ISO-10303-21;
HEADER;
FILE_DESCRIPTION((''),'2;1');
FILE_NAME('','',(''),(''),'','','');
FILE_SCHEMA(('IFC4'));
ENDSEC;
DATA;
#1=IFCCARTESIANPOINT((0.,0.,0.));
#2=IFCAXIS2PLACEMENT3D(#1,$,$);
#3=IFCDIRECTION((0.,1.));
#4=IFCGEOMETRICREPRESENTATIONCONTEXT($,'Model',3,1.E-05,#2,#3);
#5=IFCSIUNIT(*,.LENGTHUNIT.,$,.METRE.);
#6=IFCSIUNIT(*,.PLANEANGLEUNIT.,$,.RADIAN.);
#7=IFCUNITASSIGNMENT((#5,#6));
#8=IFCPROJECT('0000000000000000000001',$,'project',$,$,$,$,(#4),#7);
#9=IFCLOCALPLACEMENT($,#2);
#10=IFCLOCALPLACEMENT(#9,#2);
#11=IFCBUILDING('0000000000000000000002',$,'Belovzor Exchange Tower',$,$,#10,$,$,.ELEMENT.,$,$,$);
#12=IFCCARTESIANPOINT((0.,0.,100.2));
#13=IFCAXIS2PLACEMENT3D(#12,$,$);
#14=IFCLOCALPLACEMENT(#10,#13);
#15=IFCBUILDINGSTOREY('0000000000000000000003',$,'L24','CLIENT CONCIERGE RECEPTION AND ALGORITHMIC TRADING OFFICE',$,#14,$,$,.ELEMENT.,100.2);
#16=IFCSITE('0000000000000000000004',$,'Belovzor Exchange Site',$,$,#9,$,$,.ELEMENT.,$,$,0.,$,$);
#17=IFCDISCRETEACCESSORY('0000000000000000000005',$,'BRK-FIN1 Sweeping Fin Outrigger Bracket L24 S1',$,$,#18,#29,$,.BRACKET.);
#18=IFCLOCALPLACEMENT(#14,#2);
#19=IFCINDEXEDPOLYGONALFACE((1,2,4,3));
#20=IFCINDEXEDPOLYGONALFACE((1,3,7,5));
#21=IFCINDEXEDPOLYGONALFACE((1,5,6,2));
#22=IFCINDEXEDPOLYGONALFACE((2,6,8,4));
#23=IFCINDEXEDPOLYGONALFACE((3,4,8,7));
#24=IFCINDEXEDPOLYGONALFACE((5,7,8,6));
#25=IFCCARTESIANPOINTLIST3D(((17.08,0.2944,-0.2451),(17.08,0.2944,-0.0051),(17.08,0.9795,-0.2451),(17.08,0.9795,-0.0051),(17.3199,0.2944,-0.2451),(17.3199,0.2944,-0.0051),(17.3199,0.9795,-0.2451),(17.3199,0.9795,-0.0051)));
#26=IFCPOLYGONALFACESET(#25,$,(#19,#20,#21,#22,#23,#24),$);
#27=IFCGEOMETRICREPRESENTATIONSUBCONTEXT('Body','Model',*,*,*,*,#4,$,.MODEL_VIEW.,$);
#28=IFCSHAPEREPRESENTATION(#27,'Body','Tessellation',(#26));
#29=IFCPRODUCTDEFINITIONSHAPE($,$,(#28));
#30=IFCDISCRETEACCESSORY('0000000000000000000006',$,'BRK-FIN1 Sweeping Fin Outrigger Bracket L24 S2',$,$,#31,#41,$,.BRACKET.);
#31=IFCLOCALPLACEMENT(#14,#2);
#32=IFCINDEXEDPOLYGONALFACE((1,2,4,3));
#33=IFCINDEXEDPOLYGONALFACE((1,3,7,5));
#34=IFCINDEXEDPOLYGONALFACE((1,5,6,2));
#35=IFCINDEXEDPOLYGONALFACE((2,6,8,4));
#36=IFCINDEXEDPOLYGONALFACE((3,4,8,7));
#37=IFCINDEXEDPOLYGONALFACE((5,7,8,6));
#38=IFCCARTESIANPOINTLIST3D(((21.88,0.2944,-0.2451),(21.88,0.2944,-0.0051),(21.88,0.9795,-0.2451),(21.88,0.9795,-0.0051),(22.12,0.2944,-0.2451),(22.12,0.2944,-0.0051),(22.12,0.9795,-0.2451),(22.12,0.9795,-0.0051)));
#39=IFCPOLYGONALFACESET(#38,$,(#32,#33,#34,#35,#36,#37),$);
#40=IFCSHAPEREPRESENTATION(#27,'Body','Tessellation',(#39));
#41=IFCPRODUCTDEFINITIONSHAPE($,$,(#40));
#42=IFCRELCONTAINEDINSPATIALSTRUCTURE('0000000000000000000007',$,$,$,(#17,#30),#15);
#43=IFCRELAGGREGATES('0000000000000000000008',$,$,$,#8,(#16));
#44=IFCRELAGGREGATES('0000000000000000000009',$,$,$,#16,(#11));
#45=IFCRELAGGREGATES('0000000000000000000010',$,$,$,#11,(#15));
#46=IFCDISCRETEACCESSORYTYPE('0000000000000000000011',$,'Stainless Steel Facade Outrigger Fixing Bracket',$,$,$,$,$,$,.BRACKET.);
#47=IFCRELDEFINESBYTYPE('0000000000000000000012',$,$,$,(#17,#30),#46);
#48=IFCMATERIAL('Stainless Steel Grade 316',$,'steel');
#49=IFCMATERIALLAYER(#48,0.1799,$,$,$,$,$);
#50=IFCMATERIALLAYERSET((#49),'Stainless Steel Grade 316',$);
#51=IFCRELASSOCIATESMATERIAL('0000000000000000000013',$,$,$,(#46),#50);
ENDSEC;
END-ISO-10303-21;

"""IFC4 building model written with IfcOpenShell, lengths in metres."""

from ifc_helpers import new_model, si_unit, direction, frame, origin, origin_2d, place, context, subcontext, project, spatial, rectangle, extrude, material, layer, layer_set, type_object, element, save


model = new_model("IFC4")

# Units and contexts
model_context = context("Model", 3, precision=1e-05, world=origin(), true_north=direction((0.0, 1.0)))
body_context = subcontext(model_context, "Body", "Model", "MODEL_VIEW")
ifc_project = project(units=[si_unit("LENGTHUNIT", "METRE"), si_unit("PLANEANGLEUNIT", "RADIAN")], contexts=[model_context])

# Site, building, storey
site_placement = place(None, origin())
site = spatial("IfcSite", under=ifc_project, at=site_placement, Name="Belovzor Exchange Site", CompositionType="ELEMENT", RefElevation=0.0)
building_placement = place(site_placement, origin())
building = spatial("IfcBuilding", under=site, at=building_placement, Name="Belovzor Exchange Tower", CompositionType="ELEMENT")
storey_placement = place(building_placement, frame((0.0, 0.0, 100.2)))
storey = spatial("IfcBuildingStorey", under=building, at=storey_placement, Name="L24", Description="CLIENT CONCIERGE RECEPTION AND ALGORITHMIC TRADING OFFICE", CompositionType="ELEMENT", Elevation=100.2)

# Discrete accessories
ifc_material_1 = material(Name="Stainless Steel Grade 316", Category="steel")
ifc_layer_1 = layer(ifc_material_1, 0.1799)
ifc_layer_set_1 = layer_set([ifc_layer_1], Name="Stainless Steel Grade 316")
discrete_accessory_type = type_object("IfcDiscreteAccessoryType", Name="Stainless Steel Facade Outrigger Fixing Bracket", PredefinedType="BRACKET", material=ifc_layer_set_1)
for number, where, z_axis, x_axis, name in (
    (1, (17.2, 0.637, -0.2451), (0.0, 0.0, 1.0), (0.0, 1.0, 0.0), "BRK-FIN1 Sweeping Fin Outrigger Bracket L24 S1"),
    (2, (22.0, 0.637, -0.2451), (0.0, 0.0, 1.0), (0.0, 1.0, 0.0), "BRK-FIN1 Sweeping Fin Outrigger Bracket L24 S2"),
):
    element("IfcDiscreteAccessory", number, at=place(storey_placement, frame(where, z_axis=z_axis, x_axis=x_axis)), inside=storey, type_object=discrete_accessory_type, Name=name, PredefinedType="BRACKET", context=body_context, shape_type="SweptSolid", body=[
        extrude(rectangle(XDim=0.6851, YDim=0.24, at=origin_2d()), origin(), (0.0, 0.0, 1.0), 0.24),
    ])

save(model, "model.ifc")
